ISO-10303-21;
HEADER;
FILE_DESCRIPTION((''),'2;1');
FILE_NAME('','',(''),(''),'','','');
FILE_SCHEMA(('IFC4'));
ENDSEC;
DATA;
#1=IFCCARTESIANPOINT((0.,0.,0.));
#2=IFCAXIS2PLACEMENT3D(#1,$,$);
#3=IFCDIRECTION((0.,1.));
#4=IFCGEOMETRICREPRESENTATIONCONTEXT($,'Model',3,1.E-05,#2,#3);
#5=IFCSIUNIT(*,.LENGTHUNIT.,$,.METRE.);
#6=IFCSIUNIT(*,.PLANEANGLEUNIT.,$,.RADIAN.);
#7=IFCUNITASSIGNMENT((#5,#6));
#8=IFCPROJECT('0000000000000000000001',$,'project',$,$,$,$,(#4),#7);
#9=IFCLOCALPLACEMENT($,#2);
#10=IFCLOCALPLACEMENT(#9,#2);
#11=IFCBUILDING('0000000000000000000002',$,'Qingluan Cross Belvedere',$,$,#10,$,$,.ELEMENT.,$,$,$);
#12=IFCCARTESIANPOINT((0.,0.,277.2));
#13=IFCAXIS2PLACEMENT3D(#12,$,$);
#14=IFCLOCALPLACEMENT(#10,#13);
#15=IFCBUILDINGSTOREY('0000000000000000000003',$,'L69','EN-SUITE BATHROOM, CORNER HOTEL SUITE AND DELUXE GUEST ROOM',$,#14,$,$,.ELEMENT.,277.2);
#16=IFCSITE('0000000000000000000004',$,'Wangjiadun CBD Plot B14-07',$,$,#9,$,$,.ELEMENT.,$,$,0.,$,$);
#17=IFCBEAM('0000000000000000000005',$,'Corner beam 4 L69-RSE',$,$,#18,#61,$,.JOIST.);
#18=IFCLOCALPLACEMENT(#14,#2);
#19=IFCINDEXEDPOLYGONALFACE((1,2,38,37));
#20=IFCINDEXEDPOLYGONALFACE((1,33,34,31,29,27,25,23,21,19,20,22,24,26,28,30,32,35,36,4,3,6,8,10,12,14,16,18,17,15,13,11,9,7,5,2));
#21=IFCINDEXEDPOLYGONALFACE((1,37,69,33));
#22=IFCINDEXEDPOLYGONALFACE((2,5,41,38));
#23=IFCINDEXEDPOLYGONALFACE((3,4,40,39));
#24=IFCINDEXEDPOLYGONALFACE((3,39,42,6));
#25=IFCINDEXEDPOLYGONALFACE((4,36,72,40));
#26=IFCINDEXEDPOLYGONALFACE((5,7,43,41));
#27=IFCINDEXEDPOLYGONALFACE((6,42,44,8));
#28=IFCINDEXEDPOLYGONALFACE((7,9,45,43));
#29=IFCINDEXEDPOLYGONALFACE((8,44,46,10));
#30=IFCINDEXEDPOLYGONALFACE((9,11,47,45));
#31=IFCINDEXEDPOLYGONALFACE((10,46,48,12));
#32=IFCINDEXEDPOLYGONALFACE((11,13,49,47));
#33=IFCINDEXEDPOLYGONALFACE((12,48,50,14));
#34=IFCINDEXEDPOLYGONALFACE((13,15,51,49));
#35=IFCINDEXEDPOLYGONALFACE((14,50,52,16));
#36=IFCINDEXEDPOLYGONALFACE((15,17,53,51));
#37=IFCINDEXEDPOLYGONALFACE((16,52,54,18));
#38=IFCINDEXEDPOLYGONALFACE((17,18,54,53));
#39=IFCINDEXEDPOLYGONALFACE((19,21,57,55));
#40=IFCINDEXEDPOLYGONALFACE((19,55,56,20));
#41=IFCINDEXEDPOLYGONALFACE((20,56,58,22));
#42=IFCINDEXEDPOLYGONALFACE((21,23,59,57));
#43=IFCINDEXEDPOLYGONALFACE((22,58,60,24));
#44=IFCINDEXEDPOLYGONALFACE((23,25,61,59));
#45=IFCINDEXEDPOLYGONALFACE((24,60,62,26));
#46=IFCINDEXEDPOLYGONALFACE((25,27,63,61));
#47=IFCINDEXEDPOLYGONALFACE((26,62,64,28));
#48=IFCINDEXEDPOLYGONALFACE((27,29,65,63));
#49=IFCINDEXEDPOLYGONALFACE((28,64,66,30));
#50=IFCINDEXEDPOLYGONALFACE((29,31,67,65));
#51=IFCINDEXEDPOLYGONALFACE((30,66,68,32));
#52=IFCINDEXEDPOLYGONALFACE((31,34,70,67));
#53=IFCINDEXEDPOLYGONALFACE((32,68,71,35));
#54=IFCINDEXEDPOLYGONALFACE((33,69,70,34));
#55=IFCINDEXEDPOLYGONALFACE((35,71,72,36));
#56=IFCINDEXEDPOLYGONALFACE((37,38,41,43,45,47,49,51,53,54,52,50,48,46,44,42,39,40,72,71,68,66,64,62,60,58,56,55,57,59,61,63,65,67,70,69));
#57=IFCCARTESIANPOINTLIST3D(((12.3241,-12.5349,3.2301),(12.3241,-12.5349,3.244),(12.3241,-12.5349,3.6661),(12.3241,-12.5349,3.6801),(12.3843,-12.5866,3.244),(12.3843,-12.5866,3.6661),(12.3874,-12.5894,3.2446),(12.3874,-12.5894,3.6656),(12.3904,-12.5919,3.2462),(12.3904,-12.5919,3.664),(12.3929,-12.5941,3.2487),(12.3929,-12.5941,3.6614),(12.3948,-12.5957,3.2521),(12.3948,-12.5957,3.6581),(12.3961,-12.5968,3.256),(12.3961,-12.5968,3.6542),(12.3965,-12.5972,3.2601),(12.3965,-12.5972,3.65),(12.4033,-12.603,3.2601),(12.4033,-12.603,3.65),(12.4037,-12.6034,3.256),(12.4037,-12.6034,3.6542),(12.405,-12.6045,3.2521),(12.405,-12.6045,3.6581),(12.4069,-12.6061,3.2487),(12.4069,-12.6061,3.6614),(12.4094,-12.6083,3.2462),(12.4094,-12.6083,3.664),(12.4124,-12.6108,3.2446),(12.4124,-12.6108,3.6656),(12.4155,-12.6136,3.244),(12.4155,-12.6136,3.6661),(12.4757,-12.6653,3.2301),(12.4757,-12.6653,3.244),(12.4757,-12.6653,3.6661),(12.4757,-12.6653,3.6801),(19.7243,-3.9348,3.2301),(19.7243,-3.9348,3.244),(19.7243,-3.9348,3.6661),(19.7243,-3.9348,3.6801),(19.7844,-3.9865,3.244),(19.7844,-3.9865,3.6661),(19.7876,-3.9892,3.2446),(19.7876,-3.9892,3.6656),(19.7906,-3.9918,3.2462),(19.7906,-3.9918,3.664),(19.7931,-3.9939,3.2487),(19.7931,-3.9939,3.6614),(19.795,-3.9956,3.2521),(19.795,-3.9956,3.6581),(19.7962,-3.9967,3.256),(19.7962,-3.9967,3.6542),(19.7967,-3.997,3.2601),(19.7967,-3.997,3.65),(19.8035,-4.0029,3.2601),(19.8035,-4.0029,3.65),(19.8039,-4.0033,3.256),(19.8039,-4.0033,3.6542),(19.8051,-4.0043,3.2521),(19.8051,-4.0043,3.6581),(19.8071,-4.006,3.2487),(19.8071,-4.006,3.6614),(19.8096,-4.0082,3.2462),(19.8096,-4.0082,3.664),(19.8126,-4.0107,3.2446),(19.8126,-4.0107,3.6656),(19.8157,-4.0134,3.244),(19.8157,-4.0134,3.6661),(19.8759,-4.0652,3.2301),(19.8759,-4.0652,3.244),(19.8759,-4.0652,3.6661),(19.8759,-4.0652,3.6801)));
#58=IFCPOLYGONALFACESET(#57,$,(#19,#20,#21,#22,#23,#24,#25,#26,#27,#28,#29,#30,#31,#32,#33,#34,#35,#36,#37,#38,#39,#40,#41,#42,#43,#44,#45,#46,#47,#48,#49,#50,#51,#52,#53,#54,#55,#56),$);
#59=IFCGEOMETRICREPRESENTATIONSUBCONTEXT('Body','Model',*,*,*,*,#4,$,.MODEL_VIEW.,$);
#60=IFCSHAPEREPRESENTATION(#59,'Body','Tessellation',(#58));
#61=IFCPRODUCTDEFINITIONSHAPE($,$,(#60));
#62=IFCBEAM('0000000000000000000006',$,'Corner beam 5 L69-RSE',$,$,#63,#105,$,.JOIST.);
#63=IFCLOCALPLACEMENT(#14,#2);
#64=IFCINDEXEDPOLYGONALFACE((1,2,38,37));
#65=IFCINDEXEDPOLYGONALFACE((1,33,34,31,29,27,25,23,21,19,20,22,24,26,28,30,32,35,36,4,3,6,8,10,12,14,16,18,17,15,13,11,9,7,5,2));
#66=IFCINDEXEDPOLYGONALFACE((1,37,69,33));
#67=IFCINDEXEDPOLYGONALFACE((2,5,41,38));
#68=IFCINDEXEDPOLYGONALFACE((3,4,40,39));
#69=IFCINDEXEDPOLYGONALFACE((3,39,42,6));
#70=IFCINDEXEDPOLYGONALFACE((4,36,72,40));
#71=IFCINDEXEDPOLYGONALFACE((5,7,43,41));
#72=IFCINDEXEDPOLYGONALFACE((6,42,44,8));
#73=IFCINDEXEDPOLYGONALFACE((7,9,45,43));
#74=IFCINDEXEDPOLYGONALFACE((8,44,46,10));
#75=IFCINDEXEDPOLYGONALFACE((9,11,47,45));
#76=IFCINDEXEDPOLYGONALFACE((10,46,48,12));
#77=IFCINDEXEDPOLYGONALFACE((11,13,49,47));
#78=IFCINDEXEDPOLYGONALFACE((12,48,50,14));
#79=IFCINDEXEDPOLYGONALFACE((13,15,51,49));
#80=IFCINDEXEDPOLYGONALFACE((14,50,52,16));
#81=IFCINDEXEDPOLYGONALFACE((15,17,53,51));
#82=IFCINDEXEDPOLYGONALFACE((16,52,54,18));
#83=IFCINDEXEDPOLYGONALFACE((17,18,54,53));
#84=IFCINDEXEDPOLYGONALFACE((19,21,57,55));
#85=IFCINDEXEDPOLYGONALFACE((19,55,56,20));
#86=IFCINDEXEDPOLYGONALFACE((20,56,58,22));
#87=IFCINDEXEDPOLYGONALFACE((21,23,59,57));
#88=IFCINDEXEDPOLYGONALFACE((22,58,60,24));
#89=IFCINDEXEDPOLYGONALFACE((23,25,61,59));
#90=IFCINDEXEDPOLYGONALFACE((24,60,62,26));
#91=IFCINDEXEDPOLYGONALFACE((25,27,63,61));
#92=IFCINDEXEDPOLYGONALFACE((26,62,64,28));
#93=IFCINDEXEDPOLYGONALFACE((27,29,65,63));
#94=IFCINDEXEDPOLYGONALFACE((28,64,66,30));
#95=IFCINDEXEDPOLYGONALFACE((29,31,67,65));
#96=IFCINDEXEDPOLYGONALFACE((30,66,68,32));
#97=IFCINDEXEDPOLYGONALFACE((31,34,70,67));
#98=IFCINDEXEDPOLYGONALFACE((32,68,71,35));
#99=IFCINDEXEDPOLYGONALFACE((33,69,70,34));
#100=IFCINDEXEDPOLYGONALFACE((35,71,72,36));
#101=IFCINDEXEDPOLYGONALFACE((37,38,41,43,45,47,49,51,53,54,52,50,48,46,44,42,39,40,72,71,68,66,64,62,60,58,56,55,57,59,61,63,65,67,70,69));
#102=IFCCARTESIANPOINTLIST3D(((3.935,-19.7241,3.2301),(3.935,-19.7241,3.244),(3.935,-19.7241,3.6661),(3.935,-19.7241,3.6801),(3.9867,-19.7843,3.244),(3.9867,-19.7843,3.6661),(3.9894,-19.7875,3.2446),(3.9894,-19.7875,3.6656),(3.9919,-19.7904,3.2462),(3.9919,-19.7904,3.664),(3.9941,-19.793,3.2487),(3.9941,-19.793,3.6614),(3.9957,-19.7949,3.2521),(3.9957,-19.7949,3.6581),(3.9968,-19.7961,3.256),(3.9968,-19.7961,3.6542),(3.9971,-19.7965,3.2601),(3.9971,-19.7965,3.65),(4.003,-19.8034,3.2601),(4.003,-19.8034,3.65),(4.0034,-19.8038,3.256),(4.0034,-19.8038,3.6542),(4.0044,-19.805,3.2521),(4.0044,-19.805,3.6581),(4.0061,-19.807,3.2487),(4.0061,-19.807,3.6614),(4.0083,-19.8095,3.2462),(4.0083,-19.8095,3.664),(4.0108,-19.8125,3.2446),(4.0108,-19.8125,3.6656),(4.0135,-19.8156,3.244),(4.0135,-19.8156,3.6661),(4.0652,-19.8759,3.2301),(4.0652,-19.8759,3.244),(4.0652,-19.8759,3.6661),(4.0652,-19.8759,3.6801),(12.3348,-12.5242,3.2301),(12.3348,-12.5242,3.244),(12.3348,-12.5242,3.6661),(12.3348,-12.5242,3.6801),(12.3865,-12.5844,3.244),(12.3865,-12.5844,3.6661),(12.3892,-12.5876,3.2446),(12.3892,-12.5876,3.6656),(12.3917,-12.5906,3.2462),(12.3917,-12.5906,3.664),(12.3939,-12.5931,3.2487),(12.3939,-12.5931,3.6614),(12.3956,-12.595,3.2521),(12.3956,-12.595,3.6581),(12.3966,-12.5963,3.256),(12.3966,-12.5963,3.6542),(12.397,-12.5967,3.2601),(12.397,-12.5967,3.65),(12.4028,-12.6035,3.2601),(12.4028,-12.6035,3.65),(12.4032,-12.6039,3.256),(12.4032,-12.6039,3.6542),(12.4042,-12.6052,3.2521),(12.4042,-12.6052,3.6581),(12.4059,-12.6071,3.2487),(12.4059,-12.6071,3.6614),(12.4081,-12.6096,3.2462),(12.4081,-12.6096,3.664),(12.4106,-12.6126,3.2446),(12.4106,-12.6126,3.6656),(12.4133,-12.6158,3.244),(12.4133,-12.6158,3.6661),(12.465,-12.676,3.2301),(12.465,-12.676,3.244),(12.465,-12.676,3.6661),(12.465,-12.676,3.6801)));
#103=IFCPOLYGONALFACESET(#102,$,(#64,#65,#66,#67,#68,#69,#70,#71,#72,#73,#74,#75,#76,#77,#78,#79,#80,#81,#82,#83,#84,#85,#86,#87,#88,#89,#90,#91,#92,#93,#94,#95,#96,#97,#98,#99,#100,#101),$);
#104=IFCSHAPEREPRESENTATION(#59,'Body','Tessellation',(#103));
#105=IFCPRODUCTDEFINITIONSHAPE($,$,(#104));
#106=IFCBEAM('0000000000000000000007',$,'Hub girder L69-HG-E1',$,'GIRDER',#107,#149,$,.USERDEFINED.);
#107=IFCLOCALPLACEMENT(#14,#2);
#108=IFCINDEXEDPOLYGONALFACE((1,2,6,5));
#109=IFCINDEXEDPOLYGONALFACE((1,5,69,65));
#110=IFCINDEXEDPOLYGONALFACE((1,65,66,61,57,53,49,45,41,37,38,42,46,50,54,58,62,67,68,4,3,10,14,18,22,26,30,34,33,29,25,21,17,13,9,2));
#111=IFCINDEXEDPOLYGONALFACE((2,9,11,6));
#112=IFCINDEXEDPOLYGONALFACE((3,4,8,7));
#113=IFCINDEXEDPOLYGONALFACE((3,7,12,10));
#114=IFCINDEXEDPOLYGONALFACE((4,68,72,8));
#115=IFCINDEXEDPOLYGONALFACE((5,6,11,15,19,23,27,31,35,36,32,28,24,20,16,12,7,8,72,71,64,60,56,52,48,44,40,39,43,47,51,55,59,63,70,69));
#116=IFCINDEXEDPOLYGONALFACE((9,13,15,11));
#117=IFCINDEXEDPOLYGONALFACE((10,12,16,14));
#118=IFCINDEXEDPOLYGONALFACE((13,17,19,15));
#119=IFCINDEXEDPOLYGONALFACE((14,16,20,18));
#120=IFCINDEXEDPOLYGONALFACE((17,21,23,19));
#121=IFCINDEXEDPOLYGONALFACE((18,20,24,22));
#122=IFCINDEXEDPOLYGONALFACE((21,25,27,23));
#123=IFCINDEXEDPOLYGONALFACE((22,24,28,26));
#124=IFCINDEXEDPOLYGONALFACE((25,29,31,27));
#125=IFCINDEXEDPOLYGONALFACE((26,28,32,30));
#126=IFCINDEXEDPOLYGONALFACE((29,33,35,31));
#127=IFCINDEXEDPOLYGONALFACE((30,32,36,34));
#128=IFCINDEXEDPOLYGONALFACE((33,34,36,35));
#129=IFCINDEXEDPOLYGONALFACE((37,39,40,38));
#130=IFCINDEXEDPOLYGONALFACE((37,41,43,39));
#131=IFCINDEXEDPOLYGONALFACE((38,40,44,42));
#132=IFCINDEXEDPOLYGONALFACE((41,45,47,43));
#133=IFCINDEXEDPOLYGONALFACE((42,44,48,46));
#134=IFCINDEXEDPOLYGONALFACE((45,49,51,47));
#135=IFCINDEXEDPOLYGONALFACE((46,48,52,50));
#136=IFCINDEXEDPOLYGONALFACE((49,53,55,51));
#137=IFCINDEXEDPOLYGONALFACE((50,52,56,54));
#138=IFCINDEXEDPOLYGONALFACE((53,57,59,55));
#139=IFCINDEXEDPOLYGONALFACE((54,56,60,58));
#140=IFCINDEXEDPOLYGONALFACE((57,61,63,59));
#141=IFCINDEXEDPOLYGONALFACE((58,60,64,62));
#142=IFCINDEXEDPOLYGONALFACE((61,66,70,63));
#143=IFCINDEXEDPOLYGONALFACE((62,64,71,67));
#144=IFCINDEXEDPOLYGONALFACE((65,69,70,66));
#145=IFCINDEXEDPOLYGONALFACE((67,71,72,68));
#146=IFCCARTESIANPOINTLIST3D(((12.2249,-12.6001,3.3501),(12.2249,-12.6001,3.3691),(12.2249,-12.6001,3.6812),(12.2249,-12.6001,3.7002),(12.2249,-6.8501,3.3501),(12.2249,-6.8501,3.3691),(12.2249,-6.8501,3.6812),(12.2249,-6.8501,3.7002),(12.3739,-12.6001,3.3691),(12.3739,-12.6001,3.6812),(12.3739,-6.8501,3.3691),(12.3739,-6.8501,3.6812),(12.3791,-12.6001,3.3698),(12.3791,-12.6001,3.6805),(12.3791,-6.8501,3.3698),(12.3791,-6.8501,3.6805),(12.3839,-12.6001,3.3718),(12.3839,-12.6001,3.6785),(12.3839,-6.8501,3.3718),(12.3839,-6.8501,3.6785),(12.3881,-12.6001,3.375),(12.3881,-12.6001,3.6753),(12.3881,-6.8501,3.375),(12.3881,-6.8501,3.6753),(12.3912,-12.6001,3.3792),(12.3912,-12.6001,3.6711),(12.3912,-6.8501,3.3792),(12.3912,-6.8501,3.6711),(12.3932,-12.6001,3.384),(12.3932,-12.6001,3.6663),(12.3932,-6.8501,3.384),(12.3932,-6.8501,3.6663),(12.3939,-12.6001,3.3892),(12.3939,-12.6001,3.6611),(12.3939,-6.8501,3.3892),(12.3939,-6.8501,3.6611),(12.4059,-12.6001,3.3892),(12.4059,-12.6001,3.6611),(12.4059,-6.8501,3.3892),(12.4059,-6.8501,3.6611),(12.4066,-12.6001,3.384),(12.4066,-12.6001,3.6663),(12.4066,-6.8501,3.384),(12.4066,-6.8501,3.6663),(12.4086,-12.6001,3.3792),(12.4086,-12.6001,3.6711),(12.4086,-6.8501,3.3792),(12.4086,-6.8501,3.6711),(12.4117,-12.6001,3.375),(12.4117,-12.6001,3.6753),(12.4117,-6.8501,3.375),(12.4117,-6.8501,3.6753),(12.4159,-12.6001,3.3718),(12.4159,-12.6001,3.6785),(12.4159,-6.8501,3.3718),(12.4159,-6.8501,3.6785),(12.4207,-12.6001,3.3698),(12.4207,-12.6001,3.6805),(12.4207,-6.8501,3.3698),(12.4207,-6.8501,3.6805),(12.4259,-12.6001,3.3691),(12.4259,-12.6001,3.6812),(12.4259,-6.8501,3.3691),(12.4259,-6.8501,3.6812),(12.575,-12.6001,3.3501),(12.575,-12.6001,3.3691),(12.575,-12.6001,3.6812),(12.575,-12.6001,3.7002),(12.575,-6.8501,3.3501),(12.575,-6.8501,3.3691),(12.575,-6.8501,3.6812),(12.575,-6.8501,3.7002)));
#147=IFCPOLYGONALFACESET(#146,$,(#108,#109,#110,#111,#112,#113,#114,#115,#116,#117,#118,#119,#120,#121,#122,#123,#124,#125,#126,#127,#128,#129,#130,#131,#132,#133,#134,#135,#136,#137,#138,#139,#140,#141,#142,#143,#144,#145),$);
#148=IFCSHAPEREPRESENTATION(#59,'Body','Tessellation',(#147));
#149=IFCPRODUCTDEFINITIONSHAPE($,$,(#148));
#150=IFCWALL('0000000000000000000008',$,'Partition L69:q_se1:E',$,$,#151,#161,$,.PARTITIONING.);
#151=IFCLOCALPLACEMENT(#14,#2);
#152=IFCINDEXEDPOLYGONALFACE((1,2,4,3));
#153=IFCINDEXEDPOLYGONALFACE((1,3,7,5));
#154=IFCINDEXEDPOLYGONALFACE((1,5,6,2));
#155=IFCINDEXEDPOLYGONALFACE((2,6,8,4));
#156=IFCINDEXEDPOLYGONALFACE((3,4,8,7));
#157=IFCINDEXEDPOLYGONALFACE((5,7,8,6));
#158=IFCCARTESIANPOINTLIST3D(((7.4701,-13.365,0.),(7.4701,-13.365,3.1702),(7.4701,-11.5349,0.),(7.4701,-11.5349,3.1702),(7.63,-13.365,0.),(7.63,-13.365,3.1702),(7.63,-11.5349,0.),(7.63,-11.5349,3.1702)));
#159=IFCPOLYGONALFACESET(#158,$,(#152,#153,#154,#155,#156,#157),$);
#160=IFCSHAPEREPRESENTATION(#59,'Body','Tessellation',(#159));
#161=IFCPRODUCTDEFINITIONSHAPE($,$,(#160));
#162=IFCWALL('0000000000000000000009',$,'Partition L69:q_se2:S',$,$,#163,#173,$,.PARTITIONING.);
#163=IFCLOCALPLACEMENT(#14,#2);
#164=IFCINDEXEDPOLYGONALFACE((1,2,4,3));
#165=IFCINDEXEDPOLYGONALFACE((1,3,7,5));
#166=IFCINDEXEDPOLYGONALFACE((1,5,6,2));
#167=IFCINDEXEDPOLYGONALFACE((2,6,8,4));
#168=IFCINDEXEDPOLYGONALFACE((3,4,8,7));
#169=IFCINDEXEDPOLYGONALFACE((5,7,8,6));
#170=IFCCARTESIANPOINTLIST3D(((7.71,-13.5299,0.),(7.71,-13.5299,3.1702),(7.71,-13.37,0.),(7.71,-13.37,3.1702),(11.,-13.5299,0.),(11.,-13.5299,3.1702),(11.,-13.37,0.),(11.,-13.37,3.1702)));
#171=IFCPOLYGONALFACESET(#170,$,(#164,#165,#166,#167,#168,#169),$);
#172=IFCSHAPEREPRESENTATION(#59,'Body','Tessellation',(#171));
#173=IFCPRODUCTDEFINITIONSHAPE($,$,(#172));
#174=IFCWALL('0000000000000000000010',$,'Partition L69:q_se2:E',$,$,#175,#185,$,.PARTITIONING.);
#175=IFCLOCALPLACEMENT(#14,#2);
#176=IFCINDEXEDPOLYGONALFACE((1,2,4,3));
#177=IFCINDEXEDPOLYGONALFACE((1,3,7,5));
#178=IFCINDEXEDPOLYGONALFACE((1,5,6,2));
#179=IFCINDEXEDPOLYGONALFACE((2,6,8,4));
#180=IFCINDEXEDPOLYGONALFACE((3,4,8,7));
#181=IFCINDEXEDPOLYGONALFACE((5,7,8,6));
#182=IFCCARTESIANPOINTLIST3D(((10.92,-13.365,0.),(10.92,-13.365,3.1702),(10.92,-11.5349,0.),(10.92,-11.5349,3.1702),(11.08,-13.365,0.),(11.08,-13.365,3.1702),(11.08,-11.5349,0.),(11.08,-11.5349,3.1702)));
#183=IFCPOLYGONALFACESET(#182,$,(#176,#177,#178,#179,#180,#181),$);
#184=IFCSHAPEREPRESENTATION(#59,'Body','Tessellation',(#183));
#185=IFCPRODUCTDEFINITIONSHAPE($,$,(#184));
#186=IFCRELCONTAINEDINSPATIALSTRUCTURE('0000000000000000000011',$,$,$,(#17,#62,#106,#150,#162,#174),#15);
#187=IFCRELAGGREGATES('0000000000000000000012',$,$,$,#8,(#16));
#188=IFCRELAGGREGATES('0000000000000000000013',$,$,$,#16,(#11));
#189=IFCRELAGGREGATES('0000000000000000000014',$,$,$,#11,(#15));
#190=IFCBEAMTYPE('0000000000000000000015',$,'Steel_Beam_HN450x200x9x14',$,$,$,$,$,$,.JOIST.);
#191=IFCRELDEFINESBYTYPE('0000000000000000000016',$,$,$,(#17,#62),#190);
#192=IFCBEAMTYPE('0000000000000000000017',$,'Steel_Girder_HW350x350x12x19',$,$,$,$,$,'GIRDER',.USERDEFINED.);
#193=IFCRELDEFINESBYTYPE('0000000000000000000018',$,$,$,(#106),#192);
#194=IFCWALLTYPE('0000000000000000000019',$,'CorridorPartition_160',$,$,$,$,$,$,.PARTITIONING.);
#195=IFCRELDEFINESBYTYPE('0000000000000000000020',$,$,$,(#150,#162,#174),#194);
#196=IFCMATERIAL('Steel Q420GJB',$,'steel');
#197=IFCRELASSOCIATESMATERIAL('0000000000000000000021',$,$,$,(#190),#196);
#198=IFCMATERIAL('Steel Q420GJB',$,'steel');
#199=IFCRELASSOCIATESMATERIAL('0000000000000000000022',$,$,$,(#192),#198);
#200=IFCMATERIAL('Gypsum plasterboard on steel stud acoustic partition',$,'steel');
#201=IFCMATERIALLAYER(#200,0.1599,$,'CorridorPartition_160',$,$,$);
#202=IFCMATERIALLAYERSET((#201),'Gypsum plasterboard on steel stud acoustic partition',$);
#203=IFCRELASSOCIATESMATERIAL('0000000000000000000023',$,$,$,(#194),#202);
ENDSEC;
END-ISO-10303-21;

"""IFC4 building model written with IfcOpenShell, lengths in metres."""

from ifc_helpers import new_model, si_unit, direction, frame, frame_2d, origin, origin_2d, place, context, subcontext, project, spatial, rectangle, i_section, extrude, material, layer, layer_set, material_profile, profile_set, type_object, element, save


model = new_model("IFC4")

# Units and contexts
model_context = context("Model", 3, precision=1e-05, world=origin(), true_north=direction((0.0, 1.0)))
body_context = subcontext(model_context, "Body", "Model", "MODEL_VIEW")
ifc_project = project(units=[si_unit("LENGTHUNIT", "METRE"), si_unit("PLANEANGLEUNIT", "RADIAN")], contexts=[model_context])

# Site, building, storey
site_placement = place(None, origin())
site = spatial("IfcSite", under=ifc_project, at=site_placement, Name="Wangjiadun CBD Plot B14-07", CompositionType="ELEMENT", RefElevation=0.0)
building_placement = place(site_placement, origin())
building = spatial("IfcBuilding", under=site, at=building_placement, Name="Qingluan Cross Belvedere", CompositionType="ELEMENT")
storey_placement = place(building_placement, frame((0.0, 0.0, 277.2)))
storey = spatial("IfcBuildingStorey", under=building, at=storey_placement, Name="L69", Description="EN-SUITE BATHROOM, CORNER HOTEL SUITE AND DELUXE GUEST ROOM", CompositionType="ELEMENT", Elevation=277.2)

# Beams
ifc_material_1 = material(Name="Steel Q420GJB", Category="steel")
ifc_material_profile_1 = material_profile(ifc_material_1, i_section(OverallWidth=0.2, OverallDepth=0.45, WebThickness=0.009, FlangeThickness=0.0139, FilletRadius=0.0161, at=origin_2d()), Name="HN450x200x9x14")
ifc_profile_set_1 = profile_set([ifc_material_profile_1], Name="Steel Q420GJB")
beam_type_1 = type_object("IfcBeamType", Name="Steel_Beam_HN450x200x9x14", PredefinedType="JOIST", material=ifc_profile_set_1)
beam_1_placement = place(storey_placement, frame((12.3999, -12.6001, 3.4551), z_axis=(0.652245, 0.758008, 0.0), x_axis=(-0.758008, 0.652245, 0.0)))
element("IfcBeam", 1, at=beam_1_placement, inside=storey, type_object=beam_type_1, Name="Corner beam 4 L69-RSE", PredefinedType="JOIST", context=body_context, shape_type="SweptSolid", body=[
    extrude(i_section(OverallWidth=0.2, OverallDepth=0.45, WebThickness=0.009, FlangeThickness=0.0139, FilletRadius=0.0161, at=origin_2d()), origin(), (0.0, 0.0, 1.0), 11.3457),
])
beam_2_placement = place(storey_placement, frame((12.3999, -12.6001, 3.4551), z_axis=(-0.759255, -0.650793, 0.0), x_axis=(0.650793, -0.759255, 0.0)))
element("IfcBeam", 2, at=beam_2_placement, inside=storey, type_object=beam_type_1, Name="Corner beam 5 L69-RSE", PredefinedType="JOIST", context=body_context, shape_type="SweptSolid", body=[
    extrude(i_section(OverallWidth=0.2, OverallDepth=0.45, WebThickness=0.009, FlangeThickness=0.0139, FilletRadius=0.0161, at=origin_2d()), origin(), (0.0, 0.0, 1.0), 11.0632),
])
ifc_material_2 = material(Name="Steel Q420GJB", Category="steel")
ifc_material_profile_2 = material_profile(ifc_material_2, i_section(OverallWidth=0.3501, OverallDepth=0.3501, WebThickness=0.012, FlangeThickness=0.019, FilletRadius=0.02, at=origin_2d()), Name="HW350x350x12x19")
ifc_profile_set_2 = profile_set([ifc_material_profile_2], Name="Steel Q420GJB")
beam_type_2 = type_object("IfcBeamType", Name="Steel_Girder_HW350x350x12x19", ElementType="GIRDER", PredefinedType="USERDEFINED", material=ifc_profile_set_2)
beam_3_placement = place(storey_placement, frame((12.3999, -12.6001, 3.5251), z_axis=(0.0, 1.0, 0.0), x_axis=(-1.0, 0.0, 0.0)))
element("IfcBeam", 3, at=beam_3_placement, inside=storey, type_object=beam_type_2, Name="Hub girder L69-HG-E1", ObjectType="GIRDER", PredefinedType="USERDEFINED", context=body_context, shape_type="SweptSolid", body=[
    extrude(i_section(OverallWidth=0.3501, OverallDepth=0.3501, WebThickness=0.012, FlangeThickness=0.019, FilletRadius=0.02, at=origin_2d()), origin(), (0.0, 0.0, 1.0), 5.75),
])

# Walls
ifc_material_3 = material(Name="Gypsum plasterboard on steel stud acoustic partition", Category="steel")
ifc_layer_1 = layer(ifc_material_3, 0.1599, Name="CorridorPartition_160")
ifc_layer_set_1 = layer_set([ifc_layer_1], Name="Gypsum plasterboard on steel stud acoustic partition")
wall_type_1 = type_object("IfcWallType", Name="CorridorPartition_160", PredefinedType="PARTITIONING", material=ifc_layer_set_1)
wall_1_placement = place(storey_placement, frame((7.55, -13.365, 0.0), z_axis=(0.0, 0.0, 1.0), x_axis=(0.0, 1.0, 0.0)))
element("IfcWall", 4, at=wall_1_placement, inside=storey, type_object=wall_type_1, Name="Partition L69:q_se1:E", PredefinedType="PARTITIONING", context=body_context, shape_type="SweptSolid", body=[
    extrude(rectangle(XDim=1.8301, YDim=0.1599, at=frame_2d((0.915, 0.0))), origin(), (0.0, 0.0, 1.0), 3.1702),
])
wall_2_placement = place(storey_placement, frame((7.71, -13.45, 0.0), z_axis=(0.0, 0.0, 1.0), x_axis=(1.0, 0.0, 0.0)))
element("IfcWall", 5, at=wall_2_placement, inside=storey, type_object=wall_type_1, Name="Partition L69:q_se2:S", PredefinedType="PARTITIONING", context=body_context, shape_type="SweptSolid", body=[
    extrude(rectangle(XDim=3.29, YDim=0.1599, at=frame_2d((1.645, 0.0))), origin(), (0.0, 0.0, 1.0), 3.1702),
])
wall_3_placement = place(storey_placement, frame((11.0, -13.365, 0.0), z_axis=(0.0, 0.0, 1.0), x_axis=(0.0, 1.0, 0.0)))
element("IfcWall", 6, at=wall_3_placement, inside=storey, type_object=wall_type_1, Name="Partition L69:q_se2:E", PredefinedType="PARTITIONING", context=body_context, shape_type="SweptSolid", body=[
    extrude(rectangle(XDim=1.8301, YDim=0.1599, at=frame_2d((0.915, 0.0))), origin(), (0.0, 0.0, 1.0), 3.1702),
])

save(model, "model.ifc")
